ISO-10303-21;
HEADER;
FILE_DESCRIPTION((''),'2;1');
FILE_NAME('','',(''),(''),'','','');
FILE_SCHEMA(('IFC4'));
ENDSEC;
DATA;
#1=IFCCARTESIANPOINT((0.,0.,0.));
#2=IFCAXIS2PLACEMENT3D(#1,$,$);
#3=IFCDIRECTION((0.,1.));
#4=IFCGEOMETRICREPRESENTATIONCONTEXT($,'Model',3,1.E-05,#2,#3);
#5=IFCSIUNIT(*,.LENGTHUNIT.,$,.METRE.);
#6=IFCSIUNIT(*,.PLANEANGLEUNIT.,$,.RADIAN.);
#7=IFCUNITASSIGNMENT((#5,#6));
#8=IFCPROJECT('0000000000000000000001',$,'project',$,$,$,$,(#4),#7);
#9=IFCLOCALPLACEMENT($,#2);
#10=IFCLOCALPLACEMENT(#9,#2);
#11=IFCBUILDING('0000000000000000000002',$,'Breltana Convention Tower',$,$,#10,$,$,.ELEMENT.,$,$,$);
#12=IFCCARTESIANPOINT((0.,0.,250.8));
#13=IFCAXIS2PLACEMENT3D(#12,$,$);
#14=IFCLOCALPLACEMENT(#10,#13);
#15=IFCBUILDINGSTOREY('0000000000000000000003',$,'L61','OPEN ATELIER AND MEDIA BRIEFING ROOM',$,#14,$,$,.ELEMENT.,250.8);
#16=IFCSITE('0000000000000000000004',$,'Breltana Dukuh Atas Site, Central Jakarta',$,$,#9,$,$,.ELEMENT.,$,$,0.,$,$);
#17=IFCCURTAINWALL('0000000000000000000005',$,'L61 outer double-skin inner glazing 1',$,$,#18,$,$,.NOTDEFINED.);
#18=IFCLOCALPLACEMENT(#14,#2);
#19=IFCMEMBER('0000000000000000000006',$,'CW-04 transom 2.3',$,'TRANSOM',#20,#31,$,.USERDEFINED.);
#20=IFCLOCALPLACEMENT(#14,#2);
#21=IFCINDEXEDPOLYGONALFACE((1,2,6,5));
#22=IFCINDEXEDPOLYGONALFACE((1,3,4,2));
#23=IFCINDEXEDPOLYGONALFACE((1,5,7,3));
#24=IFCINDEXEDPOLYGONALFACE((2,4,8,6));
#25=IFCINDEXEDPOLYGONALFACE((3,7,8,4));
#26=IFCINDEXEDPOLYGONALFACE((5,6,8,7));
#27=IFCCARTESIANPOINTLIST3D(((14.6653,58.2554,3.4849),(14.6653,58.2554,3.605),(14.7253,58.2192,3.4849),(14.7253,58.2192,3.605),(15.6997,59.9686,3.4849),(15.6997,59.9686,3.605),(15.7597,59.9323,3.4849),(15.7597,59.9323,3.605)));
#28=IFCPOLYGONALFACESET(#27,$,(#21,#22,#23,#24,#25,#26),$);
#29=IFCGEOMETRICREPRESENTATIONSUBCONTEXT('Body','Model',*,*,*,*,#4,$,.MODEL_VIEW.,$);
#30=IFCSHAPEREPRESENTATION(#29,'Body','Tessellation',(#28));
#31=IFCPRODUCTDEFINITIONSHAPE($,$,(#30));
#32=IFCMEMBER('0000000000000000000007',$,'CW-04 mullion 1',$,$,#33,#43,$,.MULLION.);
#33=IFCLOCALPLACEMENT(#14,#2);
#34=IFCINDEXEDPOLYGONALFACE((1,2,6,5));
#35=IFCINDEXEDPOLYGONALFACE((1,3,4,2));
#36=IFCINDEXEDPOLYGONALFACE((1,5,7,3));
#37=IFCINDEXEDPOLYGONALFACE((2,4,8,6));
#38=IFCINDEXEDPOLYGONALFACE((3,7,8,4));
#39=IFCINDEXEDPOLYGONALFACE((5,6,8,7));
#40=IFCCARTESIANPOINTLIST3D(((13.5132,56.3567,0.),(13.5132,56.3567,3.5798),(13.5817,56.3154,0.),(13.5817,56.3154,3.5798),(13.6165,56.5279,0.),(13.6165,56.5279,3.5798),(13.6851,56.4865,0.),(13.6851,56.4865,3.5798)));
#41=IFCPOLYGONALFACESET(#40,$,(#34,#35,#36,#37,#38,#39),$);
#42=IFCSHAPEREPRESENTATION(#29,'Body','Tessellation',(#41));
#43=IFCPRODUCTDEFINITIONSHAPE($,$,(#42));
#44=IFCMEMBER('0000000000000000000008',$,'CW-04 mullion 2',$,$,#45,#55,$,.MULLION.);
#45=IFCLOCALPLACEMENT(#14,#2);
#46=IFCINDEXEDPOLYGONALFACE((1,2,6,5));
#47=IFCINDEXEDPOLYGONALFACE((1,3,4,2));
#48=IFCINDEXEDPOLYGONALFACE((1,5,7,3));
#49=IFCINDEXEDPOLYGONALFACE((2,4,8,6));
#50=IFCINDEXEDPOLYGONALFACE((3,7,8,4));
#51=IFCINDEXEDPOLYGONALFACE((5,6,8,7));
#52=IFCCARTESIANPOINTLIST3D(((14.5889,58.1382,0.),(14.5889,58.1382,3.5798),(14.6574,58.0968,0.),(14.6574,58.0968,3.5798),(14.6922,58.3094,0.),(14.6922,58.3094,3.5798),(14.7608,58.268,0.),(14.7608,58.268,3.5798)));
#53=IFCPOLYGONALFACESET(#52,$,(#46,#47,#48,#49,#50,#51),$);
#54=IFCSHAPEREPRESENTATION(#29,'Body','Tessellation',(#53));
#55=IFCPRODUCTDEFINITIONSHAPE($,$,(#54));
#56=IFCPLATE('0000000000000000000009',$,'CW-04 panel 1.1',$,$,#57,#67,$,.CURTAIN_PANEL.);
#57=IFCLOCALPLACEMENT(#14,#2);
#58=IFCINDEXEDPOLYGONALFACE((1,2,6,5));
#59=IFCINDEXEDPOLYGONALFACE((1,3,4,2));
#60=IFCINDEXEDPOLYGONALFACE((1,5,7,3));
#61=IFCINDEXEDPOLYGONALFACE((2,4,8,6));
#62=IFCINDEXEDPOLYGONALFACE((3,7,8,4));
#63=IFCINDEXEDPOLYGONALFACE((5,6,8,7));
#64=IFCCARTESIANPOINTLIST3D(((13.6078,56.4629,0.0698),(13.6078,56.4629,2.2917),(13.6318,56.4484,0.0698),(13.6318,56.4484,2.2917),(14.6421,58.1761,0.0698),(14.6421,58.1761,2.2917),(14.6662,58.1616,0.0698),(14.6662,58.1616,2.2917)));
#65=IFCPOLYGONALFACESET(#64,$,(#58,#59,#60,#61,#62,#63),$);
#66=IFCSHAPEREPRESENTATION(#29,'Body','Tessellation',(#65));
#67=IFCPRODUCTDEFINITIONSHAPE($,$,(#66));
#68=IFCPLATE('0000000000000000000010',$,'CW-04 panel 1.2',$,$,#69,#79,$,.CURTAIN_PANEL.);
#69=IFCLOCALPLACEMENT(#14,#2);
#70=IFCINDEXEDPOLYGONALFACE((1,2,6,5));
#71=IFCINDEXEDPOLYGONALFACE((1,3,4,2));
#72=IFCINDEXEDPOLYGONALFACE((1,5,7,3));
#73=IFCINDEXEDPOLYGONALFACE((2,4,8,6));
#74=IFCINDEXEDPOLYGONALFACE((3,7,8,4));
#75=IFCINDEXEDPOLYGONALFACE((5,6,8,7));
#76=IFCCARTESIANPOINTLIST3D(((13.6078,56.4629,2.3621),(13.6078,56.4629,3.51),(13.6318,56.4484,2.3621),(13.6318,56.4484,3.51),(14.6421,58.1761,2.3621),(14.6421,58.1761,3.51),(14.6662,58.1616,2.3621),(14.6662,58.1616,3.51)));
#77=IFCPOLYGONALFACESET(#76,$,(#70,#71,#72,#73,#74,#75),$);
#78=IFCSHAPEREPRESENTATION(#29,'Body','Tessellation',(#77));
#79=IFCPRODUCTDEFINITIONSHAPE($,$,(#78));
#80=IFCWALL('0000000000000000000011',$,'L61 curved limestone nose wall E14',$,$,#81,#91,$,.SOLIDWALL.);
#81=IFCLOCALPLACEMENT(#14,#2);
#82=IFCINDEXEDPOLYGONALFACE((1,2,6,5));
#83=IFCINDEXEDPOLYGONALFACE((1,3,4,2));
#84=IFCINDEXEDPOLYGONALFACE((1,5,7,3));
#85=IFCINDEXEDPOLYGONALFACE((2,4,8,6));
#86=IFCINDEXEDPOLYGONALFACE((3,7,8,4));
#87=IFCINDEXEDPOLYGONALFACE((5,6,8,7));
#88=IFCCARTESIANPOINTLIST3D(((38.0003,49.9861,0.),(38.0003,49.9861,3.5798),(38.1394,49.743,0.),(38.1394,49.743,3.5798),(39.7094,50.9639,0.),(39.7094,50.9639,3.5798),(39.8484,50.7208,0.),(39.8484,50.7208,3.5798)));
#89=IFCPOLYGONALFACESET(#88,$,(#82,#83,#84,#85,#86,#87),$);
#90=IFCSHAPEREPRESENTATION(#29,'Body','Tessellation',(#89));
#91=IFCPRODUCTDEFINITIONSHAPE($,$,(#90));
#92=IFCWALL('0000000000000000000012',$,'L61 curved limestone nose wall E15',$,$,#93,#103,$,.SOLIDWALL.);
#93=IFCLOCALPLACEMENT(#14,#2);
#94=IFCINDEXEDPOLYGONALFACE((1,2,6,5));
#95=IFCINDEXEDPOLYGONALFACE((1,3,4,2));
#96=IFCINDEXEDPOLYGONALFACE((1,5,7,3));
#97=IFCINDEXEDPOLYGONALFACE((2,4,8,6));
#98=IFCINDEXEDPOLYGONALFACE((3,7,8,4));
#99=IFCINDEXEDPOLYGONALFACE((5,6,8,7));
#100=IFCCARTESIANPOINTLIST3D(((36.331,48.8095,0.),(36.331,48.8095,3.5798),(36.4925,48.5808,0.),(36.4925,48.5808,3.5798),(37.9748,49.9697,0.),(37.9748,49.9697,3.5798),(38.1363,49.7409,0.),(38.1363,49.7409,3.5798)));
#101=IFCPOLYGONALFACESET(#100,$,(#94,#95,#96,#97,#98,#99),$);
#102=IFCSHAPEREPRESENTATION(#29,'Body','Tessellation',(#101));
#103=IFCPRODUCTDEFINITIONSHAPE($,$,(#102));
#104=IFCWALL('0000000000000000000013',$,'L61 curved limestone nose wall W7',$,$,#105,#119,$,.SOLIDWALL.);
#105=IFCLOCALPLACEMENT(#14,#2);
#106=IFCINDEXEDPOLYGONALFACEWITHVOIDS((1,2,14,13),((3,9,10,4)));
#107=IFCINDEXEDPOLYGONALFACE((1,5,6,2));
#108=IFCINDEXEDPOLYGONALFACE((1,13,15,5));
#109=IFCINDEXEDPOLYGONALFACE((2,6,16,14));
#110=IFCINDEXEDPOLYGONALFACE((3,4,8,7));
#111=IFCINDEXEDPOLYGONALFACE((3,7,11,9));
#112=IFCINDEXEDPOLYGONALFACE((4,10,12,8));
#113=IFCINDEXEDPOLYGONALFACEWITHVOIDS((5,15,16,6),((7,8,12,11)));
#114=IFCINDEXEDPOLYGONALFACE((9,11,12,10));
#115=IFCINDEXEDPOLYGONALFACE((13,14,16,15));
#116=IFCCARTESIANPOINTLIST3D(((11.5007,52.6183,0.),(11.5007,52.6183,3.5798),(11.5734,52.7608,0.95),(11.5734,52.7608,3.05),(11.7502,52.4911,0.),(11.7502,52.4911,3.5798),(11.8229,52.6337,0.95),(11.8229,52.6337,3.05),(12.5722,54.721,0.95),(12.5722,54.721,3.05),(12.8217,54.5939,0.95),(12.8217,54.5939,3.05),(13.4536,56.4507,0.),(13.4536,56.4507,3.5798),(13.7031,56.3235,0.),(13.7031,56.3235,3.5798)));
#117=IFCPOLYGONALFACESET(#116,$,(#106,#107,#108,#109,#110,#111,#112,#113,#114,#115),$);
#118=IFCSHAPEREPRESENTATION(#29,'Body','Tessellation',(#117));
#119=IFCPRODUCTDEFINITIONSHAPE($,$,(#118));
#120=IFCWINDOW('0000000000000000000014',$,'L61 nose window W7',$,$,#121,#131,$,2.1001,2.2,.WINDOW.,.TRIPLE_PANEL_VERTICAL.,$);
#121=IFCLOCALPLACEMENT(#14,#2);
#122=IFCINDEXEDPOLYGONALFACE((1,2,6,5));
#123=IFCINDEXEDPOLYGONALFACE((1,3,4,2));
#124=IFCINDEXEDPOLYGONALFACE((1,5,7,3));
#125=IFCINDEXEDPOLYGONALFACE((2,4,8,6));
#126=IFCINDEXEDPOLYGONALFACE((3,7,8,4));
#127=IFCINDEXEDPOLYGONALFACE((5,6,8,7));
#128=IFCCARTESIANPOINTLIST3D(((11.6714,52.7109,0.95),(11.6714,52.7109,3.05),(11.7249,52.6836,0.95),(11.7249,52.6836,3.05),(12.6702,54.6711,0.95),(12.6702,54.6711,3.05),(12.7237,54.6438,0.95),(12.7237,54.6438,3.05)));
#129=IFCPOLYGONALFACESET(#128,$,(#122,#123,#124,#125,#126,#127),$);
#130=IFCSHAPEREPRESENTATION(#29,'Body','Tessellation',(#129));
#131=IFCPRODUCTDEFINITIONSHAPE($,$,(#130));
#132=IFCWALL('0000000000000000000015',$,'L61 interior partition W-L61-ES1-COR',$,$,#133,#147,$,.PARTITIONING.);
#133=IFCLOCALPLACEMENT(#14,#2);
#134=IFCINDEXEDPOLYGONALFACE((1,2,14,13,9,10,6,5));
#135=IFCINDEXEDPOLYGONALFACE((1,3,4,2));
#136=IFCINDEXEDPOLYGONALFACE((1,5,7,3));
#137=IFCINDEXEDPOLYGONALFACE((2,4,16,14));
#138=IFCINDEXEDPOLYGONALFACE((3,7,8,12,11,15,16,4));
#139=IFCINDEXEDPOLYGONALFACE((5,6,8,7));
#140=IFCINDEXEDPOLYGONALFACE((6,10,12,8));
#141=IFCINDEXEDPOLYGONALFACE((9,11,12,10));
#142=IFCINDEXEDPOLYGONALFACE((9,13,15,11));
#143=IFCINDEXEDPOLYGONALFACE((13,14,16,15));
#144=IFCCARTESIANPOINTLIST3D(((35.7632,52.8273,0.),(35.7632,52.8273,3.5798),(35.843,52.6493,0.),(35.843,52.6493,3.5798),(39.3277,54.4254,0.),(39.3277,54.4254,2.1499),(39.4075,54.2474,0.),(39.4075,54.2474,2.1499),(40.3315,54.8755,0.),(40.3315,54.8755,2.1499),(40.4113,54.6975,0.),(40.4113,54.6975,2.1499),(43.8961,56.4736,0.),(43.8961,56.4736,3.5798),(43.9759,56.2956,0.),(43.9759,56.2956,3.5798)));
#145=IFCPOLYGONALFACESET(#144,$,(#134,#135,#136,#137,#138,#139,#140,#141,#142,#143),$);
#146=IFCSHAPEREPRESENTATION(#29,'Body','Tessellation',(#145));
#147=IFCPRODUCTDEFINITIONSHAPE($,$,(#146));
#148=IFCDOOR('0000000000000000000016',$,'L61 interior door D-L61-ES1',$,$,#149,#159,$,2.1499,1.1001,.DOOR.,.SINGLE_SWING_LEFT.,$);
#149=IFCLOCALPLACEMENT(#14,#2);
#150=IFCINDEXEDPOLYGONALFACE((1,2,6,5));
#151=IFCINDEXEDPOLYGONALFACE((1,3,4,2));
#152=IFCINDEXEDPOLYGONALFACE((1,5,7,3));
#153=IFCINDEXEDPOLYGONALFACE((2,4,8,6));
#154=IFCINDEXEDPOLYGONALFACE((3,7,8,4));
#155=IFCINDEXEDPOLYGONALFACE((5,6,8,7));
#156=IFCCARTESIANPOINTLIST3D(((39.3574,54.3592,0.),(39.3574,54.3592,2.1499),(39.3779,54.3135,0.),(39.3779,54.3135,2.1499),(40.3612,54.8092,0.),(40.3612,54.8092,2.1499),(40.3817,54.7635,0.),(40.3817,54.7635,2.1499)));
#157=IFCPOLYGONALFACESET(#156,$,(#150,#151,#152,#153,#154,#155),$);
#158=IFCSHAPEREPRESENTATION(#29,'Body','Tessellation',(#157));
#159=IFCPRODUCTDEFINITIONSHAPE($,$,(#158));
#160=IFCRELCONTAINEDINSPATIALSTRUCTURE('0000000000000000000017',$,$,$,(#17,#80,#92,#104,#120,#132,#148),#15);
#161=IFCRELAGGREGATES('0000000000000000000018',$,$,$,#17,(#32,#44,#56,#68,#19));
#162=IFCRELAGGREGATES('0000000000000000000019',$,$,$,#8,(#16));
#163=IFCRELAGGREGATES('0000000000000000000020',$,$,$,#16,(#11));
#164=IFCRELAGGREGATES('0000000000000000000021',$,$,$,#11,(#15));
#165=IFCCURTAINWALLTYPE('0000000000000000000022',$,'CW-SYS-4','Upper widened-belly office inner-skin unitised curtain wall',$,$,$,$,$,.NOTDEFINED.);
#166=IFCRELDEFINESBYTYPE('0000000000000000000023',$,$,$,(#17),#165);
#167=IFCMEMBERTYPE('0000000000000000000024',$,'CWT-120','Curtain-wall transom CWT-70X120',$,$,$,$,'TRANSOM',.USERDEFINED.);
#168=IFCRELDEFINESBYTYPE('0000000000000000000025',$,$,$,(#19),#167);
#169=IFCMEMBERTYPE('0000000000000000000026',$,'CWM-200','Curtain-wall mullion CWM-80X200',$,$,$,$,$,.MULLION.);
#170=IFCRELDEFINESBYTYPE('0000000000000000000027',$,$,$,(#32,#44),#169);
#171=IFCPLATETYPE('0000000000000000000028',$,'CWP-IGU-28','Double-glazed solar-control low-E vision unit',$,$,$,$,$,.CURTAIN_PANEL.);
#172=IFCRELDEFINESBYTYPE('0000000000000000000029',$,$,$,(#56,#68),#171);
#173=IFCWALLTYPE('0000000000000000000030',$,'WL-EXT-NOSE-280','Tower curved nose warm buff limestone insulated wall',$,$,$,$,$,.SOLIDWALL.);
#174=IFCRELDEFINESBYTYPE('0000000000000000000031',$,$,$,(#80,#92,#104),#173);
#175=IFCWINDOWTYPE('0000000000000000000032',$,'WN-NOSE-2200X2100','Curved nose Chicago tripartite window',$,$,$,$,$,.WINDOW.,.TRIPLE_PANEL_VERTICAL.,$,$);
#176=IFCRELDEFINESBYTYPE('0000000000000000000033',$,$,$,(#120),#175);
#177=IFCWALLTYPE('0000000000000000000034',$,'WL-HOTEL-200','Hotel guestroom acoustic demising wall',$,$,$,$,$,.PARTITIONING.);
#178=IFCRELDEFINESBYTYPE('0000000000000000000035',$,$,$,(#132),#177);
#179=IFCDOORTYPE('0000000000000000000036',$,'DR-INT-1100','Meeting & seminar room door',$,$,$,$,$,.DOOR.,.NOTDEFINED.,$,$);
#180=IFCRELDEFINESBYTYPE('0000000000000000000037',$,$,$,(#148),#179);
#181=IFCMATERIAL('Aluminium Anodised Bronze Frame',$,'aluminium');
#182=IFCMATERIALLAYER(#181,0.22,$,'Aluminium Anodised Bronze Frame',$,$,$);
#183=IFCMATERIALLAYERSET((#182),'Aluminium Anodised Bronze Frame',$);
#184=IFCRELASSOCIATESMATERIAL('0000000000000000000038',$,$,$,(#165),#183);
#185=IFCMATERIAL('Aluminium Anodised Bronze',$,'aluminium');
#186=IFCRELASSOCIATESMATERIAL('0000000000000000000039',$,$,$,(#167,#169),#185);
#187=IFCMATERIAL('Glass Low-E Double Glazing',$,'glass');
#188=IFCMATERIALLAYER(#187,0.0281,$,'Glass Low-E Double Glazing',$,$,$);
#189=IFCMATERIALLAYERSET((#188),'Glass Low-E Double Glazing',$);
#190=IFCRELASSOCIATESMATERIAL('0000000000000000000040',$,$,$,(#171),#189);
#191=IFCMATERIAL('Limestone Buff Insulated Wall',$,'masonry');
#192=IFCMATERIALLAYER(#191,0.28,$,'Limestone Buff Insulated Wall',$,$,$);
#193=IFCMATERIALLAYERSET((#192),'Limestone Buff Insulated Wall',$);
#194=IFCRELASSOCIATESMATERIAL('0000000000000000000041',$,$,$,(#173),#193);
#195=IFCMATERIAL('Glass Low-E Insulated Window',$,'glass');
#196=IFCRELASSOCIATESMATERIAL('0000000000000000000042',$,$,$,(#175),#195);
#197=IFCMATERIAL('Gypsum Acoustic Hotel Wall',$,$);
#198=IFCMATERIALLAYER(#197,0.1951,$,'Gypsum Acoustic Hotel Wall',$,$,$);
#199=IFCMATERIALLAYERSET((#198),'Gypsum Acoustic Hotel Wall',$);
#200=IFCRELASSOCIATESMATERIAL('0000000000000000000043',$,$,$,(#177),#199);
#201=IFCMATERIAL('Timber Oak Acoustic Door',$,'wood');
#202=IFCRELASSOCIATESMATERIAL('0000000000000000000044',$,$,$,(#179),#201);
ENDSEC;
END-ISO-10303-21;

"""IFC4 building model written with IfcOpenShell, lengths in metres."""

from ifc_helpers import new_model, si_unit, direction, frame, frame_2d, origin, origin_2d, place, context, subcontext, project, spatial, rectangle, extrude, source, transform, mapped, material, layer, layer_set, material_profile, profile_set, type_object, type_shapes, element, fill, aggregate, save


model = new_model("IFC4")

# Units and contexts
model_context = context("Model", 3, precision=1e-05, world=origin(), true_north=direction((0.0, 1.0)))
body_context = subcontext(model_context, "Body", "Model", "MODEL_VIEW")
ifc_project = project(units=[si_unit("LENGTHUNIT", "METRE"), si_unit("PLANEANGLEUNIT", "RADIAN")], contexts=[model_context])

# Site, building, storey
site_placement = place(None, origin())
site = spatial("IfcSite", under=ifc_project, at=site_placement, Name="Breltana Dukuh Atas Site, Central Jakarta", CompositionType="ELEMENT", RefElevation=0.0)
building_placement = place(site_placement, origin())
building = spatial("IfcBuilding", under=site, at=building_placement, Name="Breltana Convention Tower", CompositionType="ELEMENT")
storey_placement = place(building_placement, frame((0.0, 0.0, 250.8)))
storey = spatial("IfcBuildingStorey", under=building, at=storey_placement, Name="L61", Description="OPEN ATELIER AND MEDIA BRIEFING ROOM", CompositionType="ELEMENT", Elevation=250.8)

# Curtain wall, members, plates
ifc_material_1 = material(Name="Aluminium Anodised Bronze Frame", Category="aluminium")
ifc_layer_1 = layer(ifc_material_1, 0.22, Name="Aluminium Anodised Bronze Frame")
ifc_layer_set_1 = layer_set([ifc_layer_1], Name="Aluminium Anodised Bronze Frame")
curtain_wall_type = type_object("IfcCurtainWallType", Name="CW-SYS-4", Description="Upper widened-belly office inner-skin unitised curtain wall", PredefinedType="NOTDEFINED", material=ifc_layer_set_1)
curtain_wall_placement = place(storey_placement, origin())
curtain_wall = element("IfcCurtainWall", 1, at=curtain_wall_placement, inside=storey, type_object=curtain_wall_type, Name="L61 outer double-skin inner glazing 1", PredefinedType="NOTDEFINED")
ifc_material_2 = material(Name="Aluminium Anodised Bronze", Category="aluminium")
ifc_material_profile_1 = material_profile(ifc_material_2, rectangle(XDim=0.0701, YDim=0.1201, at=origin_2d()), Name="CWT-70X120")
ifc_profile_set_1 = profile_set([ifc_material_profile_1], Name="Aluminium Anodised Bronze")
member_type_1 = type_object("IfcMemberType", Name="CWT-120", Description="Curtain-wall transom CWT-70X120", ElementType="TRANSOM", PredefinedType="USERDEFINED", material=ifc_profile_set_1)
shared_shape_1 = source(origin(), body_context, "Body", "SweptSolid", [
    extrude(rectangle(XDim=0.0701, YDim=0.1201, at=origin_2d()), origin(), (0.0, 0.0, 1.0), 2.0012),
])
member_1_placement = place(storey_placement, frame((14.6953, 58.2373, 3.5449), z_axis=(0.516898, 0.856047, 0.0), x_axis=(-0.856047, 0.516898, 0.0)))
member_1 = element("IfcMember", 2, at=member_1_placement, type_object=member_type_1, Name="CW-04 transom 2.3", ObjectType="TRANSOM", PredefinedType="USERDEFINED", context=body_context, shape_type="MappedRepresentation", body=[
    mapped(shared_shape_1, transform((0.0, 0.0, 0.0), scale=1.0)),
])
ifc_material_profile_2 = material_profile(ifc_material_2, rectangle(XDim=0.0801, YDim=0.2, at=origin_2d()), Name="CWM-80X200")
ifc_profile_set_2 = profile_set([ifc_material_profile_2], Name="Aluminium Anodised Bronze")
member_type_2 = type_object("IfcMemberType", Name="CWM-200", Description="Curtain-wall mullion CWM-80X200", PredefinedType="MULLION", material=ifc_profile_set_2)
shared_shape_2 = source(origin(), body_context, "Body", "SweptSolid", [
    extrude(rectangle(XDim=0.0801, YDim=0.2, at=origin_2d()), origin(), (0.0, 0.0, 1.0), 3.5798),
])
member_2_placement = place(storey_placement, frame((13.5991, 56.4216, 0.0), z_axis=(0.0, 0.0, 1.0), x_axis=(-0.856061, 0.516875, 0.0)))
member_2 = element("IfcMember", 3, at=member_2_placement, type_object=member_type_2, Name="CW-04 mullion 1", PredefinedType="MULLION", context=body_context, shape_type="MappedRepresentation", body=[
    mapped(shared_shape_2, transform((0.0, 0.0, 0.0), scale=1.0)),
])
member_3_placement = place(storey_placement, frame((14.6748, 58.2031, 0.0), z_axis=(0.0, 0.0, 1.0), x_axis=(-0.856061, 0.516875, 0.0)))
member_3 = element("IfcMember", 4, at=member_3_placement, type_object=member_type_2, Name="CW-04 mullion 2", PredefinedType="MULLION", context=body_context, shape_type="MappedRepresentation", body=[
    mapped(shared_shape_2, transform((0.0, 0.0, 0.0), scale=1.0)),
])
ifc_material_3 = material(Name="Glass Low-E Double Glazing", Category="glass")
ifc_layer_2 = layer(ifc_material_3, 0.0281, Name="Glass Low-E Double Glazing")
ifc_layer_set_2 = layer_set([ifc_layer_2], Name="Glass Low-E Double Glazing")
plate_type = type_object("IfcPlateType", Name="CWP-IGU-28", Description="Double-glazed solar-control low-E vision unit", PredefinedType="CURTAIN_PANEL", material=ifc_layer_set_2)
shared_shape_3 = source(origin(), body_context, "Body", "SweptSolid", [
    extrude(rectangle(XDim=2.0012, YDim=0.0281, at=origin_2d()), origin(), (0.0, 0.0, 1.0), 2.2219),
])
plate_1_placement = place(storey_placement, frame((14.137, 57.3123, 0.0698), z_axis=(0.0, 0.0, 1.0), x_axis=(0.516875, 0.856061, 0.0)))
plate_1 = element("IfcPlate", 5, at=plate_1_placement, type_object=plate_type, Name="CW-04 panel 1.1", PredefinedType="CURTAIN_PANEL", context=body_context, shape_type="MappedRepresentation", body=[
    mapped(shared_shape_3, transform((0.0, 0.0, 0.0), scale=1.0)),
])
shared_shape_4 = source(origin(), body_context, "Body", "SweptSolid", [
    extrude(rectangle(XDim=2.0012, YDim=0.0281, at=origin_2d()), origin(), (0.0, 0.0, 1.0), 1.1479),
])
plate_2_placement = place(storey_placement, frame((14.137, 57.3123, 2.3621), z_axis=(0.0, 0.0, 1.0), x_axis=(0.516875, 0.856061, 0.0)))
plate_2 = element("IfcPlate", 6, at=plate_2_placement, type_object=plate_type, Name="CW-04 panel 1.2", PredefinedType="CURTAIN_PANEL", context=body_context, shape_type="MappedRepresentation", body=[
    mapped(shared_shape_4, transform((0.0, 0.0, 0.0), scale=1.0)),
])
aggregate(curtain_wall, [member_2, member_3, plate_1, plate_2, member_1])

# Walls
ifc_material_4 = material(Name="Limestone Buff Insulated Wall", Category="masonry")
ifc_layer_3 = layer(ifc_material_4, 0.28, Name="Limestone Buff Insulated Wall")
ifc_layer_set_3 = layer_set([ifc_layer_3], Name="Limestone Buff Insulated Wall")
wall_type_1 = type_object("IfcWallType", Name="WL-EXT-NOSE-280", Description="Tower curved nose warm buff limestone insulated wall", PredefinedType="SOLIDWALL", material=ifc_layer_set_3)
shared_shape_5 = source(origin(), body_context, "Body", "SweptSolid", [
    extrude(rectangle(XDim=1.969, YDim=0.28, at=frame_2d((0.9844, 0.0))), origin(), (0.0, 0.0, 1.0), 3.5798),
])
wall_1_placement = place(storey_placement, frame((39.7788, 50.8423, 0.0), z_axis=(0.0, 0.0, 1.0), x_axis=(-0.867976, -0.496606, 0.0)))
element("IfcWall", 7, at=wall_1_placement, inside=storey, type_object=wall_type_1, Name="L61 curved limestone nose wall E14", PredefinedType="SOLIDWALL", context=body_context, shape_type="MappedRepresentation", body=[
    mapped(shared_shape_5, transform((0.0, 0.0, 0.0), scale=1.0)),
])
shared_shape_6 = source(origin(), body_context, "Body", "SweptSolid", [
    extrude(rectangle(XDim=2.012, YDim=0.28, at=frame_2d((1.0059, 0.0))), origin(), (0.0, 0.0, 1.0), 3.5798),
])
wall_2_placement = place(storey_placement, frame((38.0554, 49.8552, 0.0), z_axis=(0.0, 0.0, 1.0), x_axis=(-0.817008, -0.576626, 0.0)))
element("IfcWall", 8, at=wall_2_placement, inside=storey, type_object=wall_type_1, Name="L61 curved limestone nose wall E15", PredefinedType="SOLIDWALL", context=body_context, shape_type="MappedRepresentation", body=[
    mapped(shared_shape_6, transform((0.0, 0.0, 0.0), scale=1.0)),
])

# Wall, opening, window
shared_shape_7 = source(origin(), body_context, "Body", "SweptSolid", [
    extrude(rectangle(XDim=4.3013, YDim=0.28, at=frame_2d((2.1506, 0.0))), origin(), (0.0, 0.0, 1.0), 3.5798),
])
wall_3_placement = place(storey_placement, frame((11.6255, 52.5547, 0.0), z_axis=(0.0, 0.0, 1.0), x_axis=(0.454012, 0.890996, 0.0)))
wall_3 = element("IfcWall", 9, at=wall_3_placement, inside=storey, type_object=wall_type_1, Name="L61 curved limestone nose wall W7", PredefinedType="SOLIDWALL", context=body_context, shape_type="MappedRepresentation", body=[
    mapped(shared_shape_7, transform((0.0, 0.0, 0.0), scale=1.0)),
])
opening_1_placement = place(wall_3_placement, frame((0.1599, 0.0, 0.95)))
opening_1 = element("IfcOpeningElement", 10, at=opening_1_placement, cuts=wall_3, PredefinedType="OPENING", context=body_context, shape_type="SweptSolid", body=[
    extrude(rectangle(XDim=2.2, YDim=2.1001, at=frame_2d((1.1001, 1.05))), frame((0.0, 0.1499, 0.0), z_axis=(0.0, -1.0, 0.0), x_axis=(1.0, 0.0, 0.0)), (0.0, 0.0, 1.0), 0.3),
])
ifc_material_5 = material(Name="Glass Low-E Insulated Window", Category="glass")
window_type = type_object("IfcWindowType", Name="WN-NOSE-2200X2100", Description="Curved nose Chicago tripartite window", PartitioningType="TRIPLE_PANEL_VERTICAL", PredefinedType="WINDOW", material=ifc_material_5)
shared_shape_8 = source(origin(), body_context, "Body", "SweptSolid", [
    extrude(rectangle(XDim=2.2, YDim=2.1001, at=frame_2d((1.1001, 1.05))), frame((0.0, 0.03, 0.0), z_axis=(0.0, -1.0, 0.0), x_axis=(1.0, 0.0, 0.0)), (0.0, 0.0, 1.0), 0.0601),
])
type_shapes(window_type, [shared_shape_8])
window_placement = place(opening_1_placement, origin())
window = element("IfcWindow", 11, at=window_placement, inside=storey, type_object=window_type, Name="L61 nose window W7", OverallHeight=2.1001, OverallWidth=2.2, PartitioningType="TRIPLE_PANEL_VERTICAL", PredefinedType="WINDOW", context=body_context, shape_type="MappedRepresentation", body=[
    mapped(shared_shape_8, transform((0.0, 0.0, 0.0), scale=1.0)),
])
fill(opening_1, window)

# Wall, opening, door
ifc_material_6 = material(Name="Gypsum Acoustic Hotel Wall")
ifc_layer_4 = layer(ifc_material_6, 0.1951, Name="Gypsum Acoustic Hotel Wall")
ifc_layer_set_4 = layer_set([ifc_layer_4], Name="Gypsum Acoustic Hotel Wall")
wall_type_2 = type_object("IfcWallType", Name="WL-HOTEL-200", Description="Hotel guestroom acoustic demising wall", PredefinedType="PARTITIONING", material=ifc_layer_set_4)
shared_shape_9 = source(origin(), body_context, "Body", "SweptSolid", [
    extrude(rectangle(XDim=8.9128, YDim=0.1951, at=frame_2d((4.4565, 0.0))), origin(), (0.0, 0.0, 1.0), 3.5798),
])
wall_4_placement = place(storey_placement, frame((35.803, 52.7383, 0.0), z_axis=(0.0, 0.0, 1.0), x_axis=(0.912489, 0.409102, 0.0)))
wall_4 = element("IfcWall", 12, at=wall_4_placement, inside=storey, type_object=wall_type_2, Name="L61 interior partition W-L61-ES1-COR", PredefinedType="PARTITIONING", context=body_context, shape_type="MappedRepresentation", body=[
    mapped(shared_shape_9, transform((0.0, 0.0, 0.0), scale=1.0)),
])
opening_2_placement = place(wall_4_placement, frame((3.9065, 0.0, 0.0)))
opening_2 = element("IfcOpeningElement", 13, at=opening_2_placement, cuts=wall_4, PredefinedType="OPENING", context=body_context, shape_type="SweptSolid", body=[
    extrude(rectangle(XDim=1.1001, YDim=2.1499, at=frame_2d((0.55, 1.075))), frame((0.0, 0.1074, 0.0), z_axis=(0.0, -1.0, 0.0), x_axis=(1.0, 0.0, 0.0)), (0.0, 0.0, 1.0), 0.2151),
])
ifc_material_7 = material(Name="Timber Oak Acoustic Door", Category="wood")
door_type_1 = type_object("IfcDoorType", Name="DR-INT-1100", Description="Meeting & seminar room door", OperationType="NOTDEFINED", PredefinedType="DOOR", material=ifc_material_7)
shared_shape_10 = source(origin(), body_context, "Body", "SweptSolid", [
    extrude(rectangle(XDim=1.1001, YDim=2.1499, at=frame_2d((0.55, 1.075))), frame((0.0, 0.0249, 0.0), z_axis=(0.0, -1.0, 0.0), x_axis=(1.0, 0.0, 0.0)), (0.0, 0.0, 1.0), 0.05),
])
type_shapes(door_type_1, [shared_shape_10])
door_1_placement = place(opening_2_placement, origin())
door_1 = element("IfcDoor", 14, at=door_1_placement, inside=storey, type_object=door_type_1, Name="L61 interior door D-L61-ES1", OperationType="SINGLE_SWING_LEFT", OverallHeight=2.1499, OverallWidth=1.1001, PredefinedType="DOOR", context=body_context, shape_type="MappedRepresentation", body=[
    mapped(shared_shape_10, transform((0.0, 0.0, 0.0), scale=1.0)),
])
fill(opening_2, door_1)

save(model, "model.ifc")
